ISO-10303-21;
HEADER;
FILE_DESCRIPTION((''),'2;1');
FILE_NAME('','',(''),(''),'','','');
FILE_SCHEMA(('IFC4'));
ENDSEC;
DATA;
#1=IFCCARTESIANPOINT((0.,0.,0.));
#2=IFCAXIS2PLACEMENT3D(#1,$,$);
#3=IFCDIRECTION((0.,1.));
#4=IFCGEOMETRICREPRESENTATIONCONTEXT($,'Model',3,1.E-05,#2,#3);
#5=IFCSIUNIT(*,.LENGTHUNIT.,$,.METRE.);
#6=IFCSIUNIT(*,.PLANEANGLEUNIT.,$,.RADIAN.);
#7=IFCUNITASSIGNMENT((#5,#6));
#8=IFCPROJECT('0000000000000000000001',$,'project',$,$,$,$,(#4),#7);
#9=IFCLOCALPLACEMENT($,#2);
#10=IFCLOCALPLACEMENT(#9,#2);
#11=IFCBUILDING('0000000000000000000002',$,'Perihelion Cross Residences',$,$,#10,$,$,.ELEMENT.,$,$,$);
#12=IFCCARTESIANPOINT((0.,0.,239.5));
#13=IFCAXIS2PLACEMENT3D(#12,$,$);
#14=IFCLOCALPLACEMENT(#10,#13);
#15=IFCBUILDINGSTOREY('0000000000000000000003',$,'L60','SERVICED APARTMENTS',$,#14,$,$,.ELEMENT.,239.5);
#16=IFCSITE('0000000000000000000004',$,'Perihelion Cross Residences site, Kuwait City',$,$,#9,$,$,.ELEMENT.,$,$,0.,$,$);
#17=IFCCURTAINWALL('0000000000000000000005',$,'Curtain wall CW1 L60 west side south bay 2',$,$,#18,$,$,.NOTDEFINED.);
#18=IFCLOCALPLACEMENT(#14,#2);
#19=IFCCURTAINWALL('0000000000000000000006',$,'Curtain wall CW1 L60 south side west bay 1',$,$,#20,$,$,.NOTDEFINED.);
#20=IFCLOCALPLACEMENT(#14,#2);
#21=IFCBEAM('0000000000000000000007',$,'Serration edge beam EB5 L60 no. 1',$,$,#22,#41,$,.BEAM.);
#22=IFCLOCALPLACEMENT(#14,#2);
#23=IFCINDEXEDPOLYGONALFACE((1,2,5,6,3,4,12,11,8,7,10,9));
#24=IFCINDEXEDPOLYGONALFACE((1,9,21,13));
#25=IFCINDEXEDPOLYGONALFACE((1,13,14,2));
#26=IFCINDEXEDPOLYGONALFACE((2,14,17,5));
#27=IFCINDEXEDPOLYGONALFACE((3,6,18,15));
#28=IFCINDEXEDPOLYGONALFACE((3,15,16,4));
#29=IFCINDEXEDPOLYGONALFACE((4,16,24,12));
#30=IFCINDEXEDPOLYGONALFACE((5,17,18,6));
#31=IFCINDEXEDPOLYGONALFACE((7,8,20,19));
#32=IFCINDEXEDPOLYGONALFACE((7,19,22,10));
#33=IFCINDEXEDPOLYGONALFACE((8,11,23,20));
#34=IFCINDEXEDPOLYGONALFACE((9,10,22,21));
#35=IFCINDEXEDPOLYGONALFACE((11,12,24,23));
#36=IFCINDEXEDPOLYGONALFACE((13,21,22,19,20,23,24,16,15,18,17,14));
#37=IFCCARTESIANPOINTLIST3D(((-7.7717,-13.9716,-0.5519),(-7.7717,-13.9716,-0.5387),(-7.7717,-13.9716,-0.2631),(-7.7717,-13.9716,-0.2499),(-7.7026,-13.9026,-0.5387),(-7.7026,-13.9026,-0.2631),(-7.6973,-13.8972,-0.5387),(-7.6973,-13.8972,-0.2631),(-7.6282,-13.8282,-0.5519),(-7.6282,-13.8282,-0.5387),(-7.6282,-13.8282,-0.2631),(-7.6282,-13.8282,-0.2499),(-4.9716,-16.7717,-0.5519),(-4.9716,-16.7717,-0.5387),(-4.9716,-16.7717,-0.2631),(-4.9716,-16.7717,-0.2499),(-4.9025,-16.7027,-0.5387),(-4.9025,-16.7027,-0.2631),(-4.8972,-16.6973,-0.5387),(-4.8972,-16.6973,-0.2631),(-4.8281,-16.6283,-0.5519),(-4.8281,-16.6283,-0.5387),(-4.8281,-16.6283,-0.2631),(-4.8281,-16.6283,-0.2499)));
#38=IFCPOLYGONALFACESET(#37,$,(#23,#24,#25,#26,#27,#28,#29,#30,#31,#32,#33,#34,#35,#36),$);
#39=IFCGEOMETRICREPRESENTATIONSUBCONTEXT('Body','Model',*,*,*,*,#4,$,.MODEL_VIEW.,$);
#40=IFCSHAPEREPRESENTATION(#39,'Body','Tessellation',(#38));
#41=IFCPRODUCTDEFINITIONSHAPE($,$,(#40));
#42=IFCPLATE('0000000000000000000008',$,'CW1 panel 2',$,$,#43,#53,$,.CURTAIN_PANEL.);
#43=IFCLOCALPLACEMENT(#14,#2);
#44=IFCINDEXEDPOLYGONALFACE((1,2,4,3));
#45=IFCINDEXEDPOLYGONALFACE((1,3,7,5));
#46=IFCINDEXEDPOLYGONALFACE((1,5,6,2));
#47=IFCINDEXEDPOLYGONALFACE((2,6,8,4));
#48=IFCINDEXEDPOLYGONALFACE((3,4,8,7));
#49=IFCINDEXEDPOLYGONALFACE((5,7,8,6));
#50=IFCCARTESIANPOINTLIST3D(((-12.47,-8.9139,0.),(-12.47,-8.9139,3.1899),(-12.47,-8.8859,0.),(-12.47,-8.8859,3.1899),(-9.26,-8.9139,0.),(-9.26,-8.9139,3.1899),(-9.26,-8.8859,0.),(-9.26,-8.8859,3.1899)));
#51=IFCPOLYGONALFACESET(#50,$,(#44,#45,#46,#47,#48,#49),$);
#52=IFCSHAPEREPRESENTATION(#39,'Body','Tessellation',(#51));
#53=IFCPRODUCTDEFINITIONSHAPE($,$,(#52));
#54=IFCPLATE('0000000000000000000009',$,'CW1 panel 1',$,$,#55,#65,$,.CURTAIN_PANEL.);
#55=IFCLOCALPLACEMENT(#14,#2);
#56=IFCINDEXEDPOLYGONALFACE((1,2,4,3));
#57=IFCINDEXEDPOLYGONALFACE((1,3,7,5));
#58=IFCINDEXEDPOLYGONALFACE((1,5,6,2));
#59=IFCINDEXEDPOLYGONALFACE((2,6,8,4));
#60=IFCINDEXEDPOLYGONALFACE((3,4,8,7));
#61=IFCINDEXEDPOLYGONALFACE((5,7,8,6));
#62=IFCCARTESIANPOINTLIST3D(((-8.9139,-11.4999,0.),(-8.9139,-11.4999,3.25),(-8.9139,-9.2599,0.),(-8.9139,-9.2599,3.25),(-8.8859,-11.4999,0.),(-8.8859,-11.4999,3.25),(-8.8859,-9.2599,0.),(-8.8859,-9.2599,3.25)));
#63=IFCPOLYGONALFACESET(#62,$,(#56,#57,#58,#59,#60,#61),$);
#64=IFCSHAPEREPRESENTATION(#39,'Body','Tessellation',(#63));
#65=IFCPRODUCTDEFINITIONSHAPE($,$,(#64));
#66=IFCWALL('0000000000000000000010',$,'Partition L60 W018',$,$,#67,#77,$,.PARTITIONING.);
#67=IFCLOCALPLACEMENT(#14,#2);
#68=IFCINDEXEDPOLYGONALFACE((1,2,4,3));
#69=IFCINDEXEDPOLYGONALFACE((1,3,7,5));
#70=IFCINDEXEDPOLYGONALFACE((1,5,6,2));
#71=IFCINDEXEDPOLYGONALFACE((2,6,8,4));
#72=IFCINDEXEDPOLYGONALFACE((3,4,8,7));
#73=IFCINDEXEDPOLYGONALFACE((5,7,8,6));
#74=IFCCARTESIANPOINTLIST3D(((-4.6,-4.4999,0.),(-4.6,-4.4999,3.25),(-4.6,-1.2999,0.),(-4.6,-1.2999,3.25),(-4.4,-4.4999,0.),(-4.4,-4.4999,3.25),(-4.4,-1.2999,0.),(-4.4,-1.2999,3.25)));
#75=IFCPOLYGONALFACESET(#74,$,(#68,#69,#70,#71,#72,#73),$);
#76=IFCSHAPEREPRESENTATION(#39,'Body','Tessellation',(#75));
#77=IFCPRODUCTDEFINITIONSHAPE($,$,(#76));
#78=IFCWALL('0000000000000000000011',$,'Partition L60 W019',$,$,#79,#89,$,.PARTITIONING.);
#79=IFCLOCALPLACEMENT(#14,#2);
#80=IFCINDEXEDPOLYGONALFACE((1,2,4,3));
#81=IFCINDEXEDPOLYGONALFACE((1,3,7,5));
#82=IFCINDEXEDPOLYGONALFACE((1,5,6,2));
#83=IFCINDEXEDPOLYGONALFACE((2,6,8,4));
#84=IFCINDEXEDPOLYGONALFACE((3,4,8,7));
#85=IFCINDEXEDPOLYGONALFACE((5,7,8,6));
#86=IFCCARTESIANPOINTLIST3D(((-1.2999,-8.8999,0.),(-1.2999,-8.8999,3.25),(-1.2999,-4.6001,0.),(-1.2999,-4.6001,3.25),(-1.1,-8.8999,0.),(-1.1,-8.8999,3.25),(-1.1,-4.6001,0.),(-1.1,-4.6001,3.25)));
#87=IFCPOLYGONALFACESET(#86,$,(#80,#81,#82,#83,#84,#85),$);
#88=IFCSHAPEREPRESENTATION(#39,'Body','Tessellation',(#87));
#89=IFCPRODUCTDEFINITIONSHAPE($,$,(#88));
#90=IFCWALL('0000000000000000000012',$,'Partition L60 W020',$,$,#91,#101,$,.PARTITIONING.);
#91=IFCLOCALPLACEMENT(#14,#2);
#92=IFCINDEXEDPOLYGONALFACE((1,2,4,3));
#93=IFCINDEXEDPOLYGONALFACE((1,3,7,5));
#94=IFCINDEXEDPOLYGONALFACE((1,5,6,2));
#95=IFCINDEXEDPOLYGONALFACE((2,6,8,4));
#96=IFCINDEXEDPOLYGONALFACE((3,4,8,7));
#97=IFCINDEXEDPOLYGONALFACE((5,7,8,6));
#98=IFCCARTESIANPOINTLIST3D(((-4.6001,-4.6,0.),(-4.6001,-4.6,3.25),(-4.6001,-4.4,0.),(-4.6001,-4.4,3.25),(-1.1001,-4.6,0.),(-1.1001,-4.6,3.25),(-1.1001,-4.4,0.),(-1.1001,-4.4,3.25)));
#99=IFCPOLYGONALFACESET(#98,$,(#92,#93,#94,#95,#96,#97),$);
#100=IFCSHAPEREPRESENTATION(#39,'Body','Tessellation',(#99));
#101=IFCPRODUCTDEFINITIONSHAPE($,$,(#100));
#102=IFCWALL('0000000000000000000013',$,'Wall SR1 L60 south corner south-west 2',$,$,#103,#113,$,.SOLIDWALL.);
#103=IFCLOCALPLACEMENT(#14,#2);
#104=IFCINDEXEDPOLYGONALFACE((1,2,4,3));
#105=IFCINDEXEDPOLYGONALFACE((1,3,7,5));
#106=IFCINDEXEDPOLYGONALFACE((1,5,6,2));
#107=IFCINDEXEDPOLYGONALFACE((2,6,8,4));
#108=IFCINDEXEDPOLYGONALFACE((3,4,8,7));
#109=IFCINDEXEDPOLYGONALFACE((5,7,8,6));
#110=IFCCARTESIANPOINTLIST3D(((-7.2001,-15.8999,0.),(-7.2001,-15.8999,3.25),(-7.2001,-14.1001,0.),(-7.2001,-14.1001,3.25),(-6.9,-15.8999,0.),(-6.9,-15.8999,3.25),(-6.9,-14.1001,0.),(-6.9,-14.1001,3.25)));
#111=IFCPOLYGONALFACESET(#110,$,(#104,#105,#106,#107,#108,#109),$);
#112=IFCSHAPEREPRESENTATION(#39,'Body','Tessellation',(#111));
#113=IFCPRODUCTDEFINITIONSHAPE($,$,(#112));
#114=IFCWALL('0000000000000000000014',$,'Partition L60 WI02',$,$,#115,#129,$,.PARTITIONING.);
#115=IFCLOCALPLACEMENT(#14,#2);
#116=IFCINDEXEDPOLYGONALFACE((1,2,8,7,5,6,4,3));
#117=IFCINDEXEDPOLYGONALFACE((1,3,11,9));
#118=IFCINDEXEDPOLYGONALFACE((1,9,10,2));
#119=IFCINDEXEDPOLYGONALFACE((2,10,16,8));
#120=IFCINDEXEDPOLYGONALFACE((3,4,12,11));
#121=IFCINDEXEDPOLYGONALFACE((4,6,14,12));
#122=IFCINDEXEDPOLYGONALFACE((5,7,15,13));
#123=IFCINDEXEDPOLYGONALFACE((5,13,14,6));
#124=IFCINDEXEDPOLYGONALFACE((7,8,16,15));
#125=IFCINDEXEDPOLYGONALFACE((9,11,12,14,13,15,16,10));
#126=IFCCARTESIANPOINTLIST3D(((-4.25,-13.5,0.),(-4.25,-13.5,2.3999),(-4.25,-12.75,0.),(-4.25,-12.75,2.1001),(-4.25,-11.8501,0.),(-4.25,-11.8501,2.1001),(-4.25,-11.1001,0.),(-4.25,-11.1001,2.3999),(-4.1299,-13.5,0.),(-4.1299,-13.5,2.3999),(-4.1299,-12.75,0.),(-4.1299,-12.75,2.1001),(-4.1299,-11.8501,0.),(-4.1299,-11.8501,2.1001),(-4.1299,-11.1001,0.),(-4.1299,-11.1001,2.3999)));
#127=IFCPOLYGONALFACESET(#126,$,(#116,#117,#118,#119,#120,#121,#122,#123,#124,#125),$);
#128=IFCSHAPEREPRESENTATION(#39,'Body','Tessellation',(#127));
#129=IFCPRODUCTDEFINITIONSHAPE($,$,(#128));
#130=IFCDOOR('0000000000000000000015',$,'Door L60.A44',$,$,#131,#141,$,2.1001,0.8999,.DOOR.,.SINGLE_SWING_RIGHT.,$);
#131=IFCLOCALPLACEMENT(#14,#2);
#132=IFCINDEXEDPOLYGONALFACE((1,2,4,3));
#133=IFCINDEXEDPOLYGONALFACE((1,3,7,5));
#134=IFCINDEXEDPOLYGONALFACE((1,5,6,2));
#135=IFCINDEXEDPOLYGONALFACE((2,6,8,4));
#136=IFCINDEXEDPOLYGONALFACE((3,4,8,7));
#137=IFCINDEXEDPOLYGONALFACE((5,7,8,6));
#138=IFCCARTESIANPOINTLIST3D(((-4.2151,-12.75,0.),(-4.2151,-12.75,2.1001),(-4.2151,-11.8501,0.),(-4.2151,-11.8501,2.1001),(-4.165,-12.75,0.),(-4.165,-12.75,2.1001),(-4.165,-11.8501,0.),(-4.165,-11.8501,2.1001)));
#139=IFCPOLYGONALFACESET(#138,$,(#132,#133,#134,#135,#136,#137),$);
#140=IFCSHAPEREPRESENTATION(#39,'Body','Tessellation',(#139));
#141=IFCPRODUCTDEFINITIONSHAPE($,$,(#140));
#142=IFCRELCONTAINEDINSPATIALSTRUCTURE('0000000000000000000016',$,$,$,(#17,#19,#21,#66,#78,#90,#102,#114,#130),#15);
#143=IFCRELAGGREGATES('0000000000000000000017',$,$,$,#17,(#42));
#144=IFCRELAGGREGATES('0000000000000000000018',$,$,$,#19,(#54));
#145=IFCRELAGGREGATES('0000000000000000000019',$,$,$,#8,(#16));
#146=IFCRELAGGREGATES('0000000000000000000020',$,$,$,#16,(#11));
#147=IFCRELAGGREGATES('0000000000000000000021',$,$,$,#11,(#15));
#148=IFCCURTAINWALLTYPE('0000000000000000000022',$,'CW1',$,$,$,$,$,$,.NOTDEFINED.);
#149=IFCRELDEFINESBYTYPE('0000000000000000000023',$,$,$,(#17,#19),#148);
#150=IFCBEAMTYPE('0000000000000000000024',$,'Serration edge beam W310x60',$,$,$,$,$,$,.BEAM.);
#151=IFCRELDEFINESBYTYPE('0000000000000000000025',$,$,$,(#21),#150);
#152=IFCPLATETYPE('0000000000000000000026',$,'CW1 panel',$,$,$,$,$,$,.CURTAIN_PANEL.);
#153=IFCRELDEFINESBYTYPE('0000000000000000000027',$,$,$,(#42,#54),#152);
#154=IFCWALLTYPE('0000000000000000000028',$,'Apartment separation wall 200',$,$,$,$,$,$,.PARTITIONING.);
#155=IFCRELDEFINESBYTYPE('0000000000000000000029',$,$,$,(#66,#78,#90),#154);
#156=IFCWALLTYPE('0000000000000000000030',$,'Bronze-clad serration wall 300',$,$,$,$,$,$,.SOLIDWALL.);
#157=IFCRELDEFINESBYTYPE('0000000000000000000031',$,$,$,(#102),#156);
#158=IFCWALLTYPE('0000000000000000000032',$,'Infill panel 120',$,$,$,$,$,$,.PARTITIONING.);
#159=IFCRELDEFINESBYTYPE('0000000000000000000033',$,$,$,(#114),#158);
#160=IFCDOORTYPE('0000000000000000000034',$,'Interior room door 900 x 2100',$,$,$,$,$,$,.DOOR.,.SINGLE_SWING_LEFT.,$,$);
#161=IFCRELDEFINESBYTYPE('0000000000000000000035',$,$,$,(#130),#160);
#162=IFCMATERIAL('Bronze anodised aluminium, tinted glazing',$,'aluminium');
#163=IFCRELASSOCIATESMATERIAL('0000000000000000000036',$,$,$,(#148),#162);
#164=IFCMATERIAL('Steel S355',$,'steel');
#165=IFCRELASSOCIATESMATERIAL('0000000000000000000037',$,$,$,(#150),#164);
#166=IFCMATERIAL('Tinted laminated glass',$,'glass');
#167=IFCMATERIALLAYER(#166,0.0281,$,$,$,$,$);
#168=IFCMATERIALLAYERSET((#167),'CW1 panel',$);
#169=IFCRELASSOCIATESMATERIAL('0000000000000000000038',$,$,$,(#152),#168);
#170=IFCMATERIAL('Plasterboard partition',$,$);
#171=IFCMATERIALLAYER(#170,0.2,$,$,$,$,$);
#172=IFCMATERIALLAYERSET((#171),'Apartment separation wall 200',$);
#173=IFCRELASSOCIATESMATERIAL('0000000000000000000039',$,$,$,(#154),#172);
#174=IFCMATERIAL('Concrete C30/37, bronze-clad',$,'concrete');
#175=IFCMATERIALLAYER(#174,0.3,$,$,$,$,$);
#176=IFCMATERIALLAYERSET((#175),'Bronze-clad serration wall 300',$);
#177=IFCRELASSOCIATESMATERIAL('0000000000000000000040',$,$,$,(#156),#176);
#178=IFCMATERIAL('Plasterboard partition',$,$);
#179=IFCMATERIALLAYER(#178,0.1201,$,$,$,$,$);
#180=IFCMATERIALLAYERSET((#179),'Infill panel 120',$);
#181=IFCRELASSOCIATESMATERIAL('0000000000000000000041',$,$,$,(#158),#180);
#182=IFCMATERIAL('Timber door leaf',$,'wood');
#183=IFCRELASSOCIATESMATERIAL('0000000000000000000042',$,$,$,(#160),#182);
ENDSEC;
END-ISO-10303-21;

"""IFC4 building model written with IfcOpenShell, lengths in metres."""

from ifc_helpers import new_model, si_unit, direction, frame, frame_2d, origin, origin_2d, place, context, subcontext, project, spatial, rectangle, i_section, extrude, material, layer, layer_set, material_profile, profile_set, type_object, element, fill, aggregate, save


model = new_model("IFC4")

# Units and contexts
model_context = context("Model", 3, precision=1e-05, world=origin(), true_north=direction((0.0, 1.0)))
body_context = subcontext(model_context, "Body", "Model", "MODEL_VIEW")
ifc_project = project(units=[si_unit("LENGTHUNIT", "METRE"), si_unit("PLANEANGLEUNIT", "RADIAN")], contexts=[model_context])

# Site, building, storey
site_placement = place(None, origin())
site = spatial("IfcSite", under=ifc_project, at=site_placement, Name="Perihelion Cross Residences site, Kuwait City", CompositionType="ELEMENT", RefElevation=0.0)
building_placement = place(site_placement, origin())
building = spatial("IfcBuilding", under=site, at=building_placement, Name="Perihelion Cross Residences", CompositionType="ELEMENT")
storey_placement = place(building_placement, frame((0.0, 0.0, 239.5)))
storey = spatial("IfcBuildingStorey", under=building, at=storey_placement, Name="L60", Description="SERVICED APARTMENTS", CompositionType="ELEMENT", Elevation=239.5)

# Curtain walls
ifc_material_1 = material(Name="Bronze anodised aluminium, tinted glazing", Category="aluminium")
curtain_wall_type = type_object("IfcCurtainWallType", Name="CW1", PredefinedType="NOTDEFINED", material=ifc_material_1)
curtain_wall_1_placement = place(storey_placement, origin())
curtain_wall_1 = element("IfcCurtainWall", 1, at=curtain_wall_1_placement, inside=storey, type_object=curtain_wall_type, Name="Curtain wall CW1 L60 west side south bay 2", PredefinedType="NOTDEFINED")
curtain_wall_2_placement = place(storey_placement, origin())
curtain_wall_2 = element("IfcCurtainWall", 2, at=curtain_wall_2_placement, inside=storey, type_object=curtain_wall_type, Name="Curtain wall CW1 L60 south side west bay 1", PredefinedType="NOTDEFINED")

# Beam
ifc_material_2 = material(Name="Steel S355", Category="steel")
ifc_material_profile_1 = material_profile(ifc_material_2, i_section(OverallWidth=0.2029, OverallDepth=0.302, WebThickness=0.0076, FlangeThickness=0.0132, at=origin_2d()), Name="W310x60")
ifc_profile_set_1 = profile_set([ifc_material_profile_1], Name="Steel S355")
beam_type_1 = type_object("IfcBeamType", Name="Serration edge beam W310x60", PredefinedType="BEAM", material=ifc_profile_set_1)
beam_1_placement = place(storey_placement, frame((-7.7, -13.8999, -0.4009), z_axis=(0.707107, -0.707107, 0.0), x_axis=(0.707107, 0.707107, 0.0)))
element("IfcBeam", 3, at=beam_1_placement, inside=storey, type_object=beam_type_1, Name="Serration edge beam EB5 L60 no. 1", PredefinedType="BEAM", context=body_context, shape_type="SweptSolid", body=[
    extrude(i_section(OverallWidth=0.2029, OverallDepth=0.302, WebThickness=0.0076, FlangeThickness=0.0132, at=origin_2d()), origin(), (0.0, 0.0, 1.0), 3.96),
])

# Plates
ifc_material_3 = material(Name="Tinted laminated glass", Category="glass")
ifc_layer_1 = layer(ifc_material_3, 0.0281)
ifc_layer_set_1 = layer_set([ifc_layer_1], Name="CW1 panel")
plate_type = type_object("IfcPlateType", Name="CW1 panel", PredefinedType="CURTAIN_PANEL", material=ifc_layer_set_1)
plate_1_placement = place(storey_placement, frame((-10.865, -8.8999, 0.0), z_axis=(0.0, 0.0, 1.0), x_axis=(1.0, 0.0, 0.0)))
plate_1 = element("IfcPlate", 4, at=plate_1_placement, type_object=plate_type, Name="CW1 panel 2", PredefinedType="CURTAIN_PANEL", context=body_context, shape_type="SweptSolid", body=[
    extrude(rectangle(XDim=3.21, YDim=0.0281, at=origin_2d()), origin(), (0.0, 0.0, 1.0), 3.1899),
])
aggregate(curtain_wall_1, [plate_1])
plate_2_placement = place(storey_placement, frame((-8.8999, -10.3799, 0.0), z_axis=(0.0, 0.0, 1.0), x_axis=(0.0, -1.0, 0.0)))
plate_2 = element("IfcPlate", 5, at=plate_2_placement, type_object=plate_type, Name="CW1 panel 1", PredefinedType="CURTAIN_PANEL", context=body_context, shape_type="SweptSolid", body=[
    extrude(rectangle(XDim=2.24, YDim=0.0281, at=origin_2d()), origin(), (0.0, 0.0, 1.0), 3.25),
])
aggregate(curtain_wall_2, [plate_2])

# Walls
ifc_material_4 = material(Name="Plasterboard partition")
ifc_layer_2 = layer(ifc_material_4, 0.2)
ifc_layer_set_2 = layer_set([ifc_layer_2], Name="Apartment separation wall 200")
wall_type_1 = type_object("IfcWallType", Name="Apartment separation wall 200", PredefinedType="PARTITIONING", material=ifc_layer_set_2)
wall_1_placement = place(storey_placement, frame((-4.5, -4.5, 0.0), z_axis=(0.0, 0.0, 1.0), x_axis=(0.0, 1.0, 0.0)))
element("IfcWall", 6, at=wall_1_placement, inside=storey, type_object=wall_type_1, Name="Partition L60 W018", PredefinedType="PARTITIONING", context=body_context, shape_type="SweptSolid", body=[
    extrude(rectangle(XDim=3.2, YDim=0.2, at=frame_2d((1.6001, 0.0))), origin(), (0.0, 0.0, 1.0), 3.25),
])
wall_2_placement = place(storey_placement, frame((-1.2, -8.8999, 0.0), z_axis=(0.0, 0.0, 1.0), x_axis=(0.0, 1.0, 0.0)))
element("IfcWall", 7, at=wall_2_placement, inside=storey, type_object=wall_type_1, Name="Partition L60 W019", PredefinedType="PARTITIONING", context=body_context, shape_type="SweptSolid", body=[
    extrude(rectangle(XDim=4.2998, YDim=0.2, at=frame_2d((2.1499, 0.0))), origin(), (0.0, 0.0, 1.0), 3.25),
])
wall_3_placement = place(storey_placement, frame((-1.1001, -4.5, 0.0), z_axis=(0.0, 0.0, 1.0), x_axis=(-1.0, 0.0, 0.0)))
element("IfcWall", 8, at=wall_3_placement, inside=storey, type_object=wall_type_1, Name="Partition L60 W020", PredefinedType="PARTITIONING", context=body_context, shape_type="SweptSolid", body=[
    extrude(rectangle(XDim=3.5, YDim=0.2, at=frame_2d((1.75, 0.0))), origin(), (0.0, 0.0, 1.0), 3.25),
])

# Wall
ifc_material_5 = material(Name="Concrete C30/37, bronze-clad", Category="concrete")
ifc_layer_3 = layer(ifc_material_5, 0.3)
ifc_layer_set_3 = layer_set([ifc_layer_3], Name="Bronze-clad serration wall 300")
wall_type_2 = type_object("IfcWallType", Name="Bronze-clad serration wall 300", PredefinedType="SOLIDWALL", material=ifc_layer_set_3)
wall_4_placement = place(storey_placement, frame((-7.05, -14.1001, 0.0), z_axis=(0.0, 0.0, 1.0), x_axis=(0.0, -1.0, 0.0)))
element("IfcWall", 9, at=wall_4_placement, inside=storey, type_object=wall_type_2, Name="Wall SR1 L60 south corner south-west 2", PredefinedType="SOLIDWALL", context=body_context, shape_type="SweptSolid", body=[
    extrude(rectangle(XDim=1.7998, YDim=0.3, at=frame_2d((0.8999, 0.0))), origin(), (0.0, 0.0, 1.0), 3.25),
])

# Wall, opening, door
ifc_material_6 = material(Name="Plasterboard partition")
ifc_layer_4 = layer(ifc_material_6, 0.1201)
ifc_layer_set_4 = layer_set([ifc_layer_4], Name="Infill panel 120")
wall_type_3 = type_object("IfcWallType", Name="Infill panel 120", PredefinedType="PARTITIONING", material=ifc_layer_set_4)
wall_5_placement = place(storey_placement, frame((-4.1899, -11.1001, 0.0), z_axis=(0.0, 0.0, 1.0), x_axis=(0.0, -1.0, 0.0)))
wall_5 = element("IfcWall", 10, at=wall_5_placement, inside=storey, type_object=wall_type_3, Name="Partition L60 WI02", PredefinedType="PARTITIONING", context=body_context, shape_type="SweptSolid", body=[
    extrude(rectangle(XDim=2.3999, YDim=0.1201, at=frame_2d((1.2, 0.0))), origin(), (0.0, 0.0, 1.0), 2.3999),
])
opening_1_placement = place(wall_5_placement, frame((0.75, 0.0, 0.0)))
opening_1 = element("IfcOpeningElement", 11, at=opening_1_placement, cuts=wall_5, PredefinedType="OPENING", context=body_context, shape_type="SweptSolid", body=[
    extrude(rectangle(XDim=0.8999, YDim=2.1001, at=frame_2d((0.45, 1.05))), frame((0.0, 0.0701, 0.0), z_axis=(0.0, -1.0, 0.0), x_axis=(1.0, 0.0, 0.0)), (0.0, 0.0, 1.0), 0.1401),
])
ifc_material_7 = material(Name="Timber door leaf", Category="wood")
door_type_1 = type_object("IfcDoorType", Name="Interior room door 900 x 2100", OperationType="SINGLE_SWING_LEFT", PredefinedType="DOOR", material=ifc_material_7)
door_1_placement = place(opening_1_placement, origin())
door_1 = element("IfcDoor", 12, at=door_1_placement, inside=storey, type_object=door_type_1, Name="Door L60.A44", OperationType="SINGLE_SWING_RIGHT", OverallHeight=2.1001, OverallWidth=0.8999, PredefinedType="DOOR", context=body_context, shape_type="SweptSolid", body=[
    extrude(rectangle(XDim=0.8999, YDim=2.1001, at=frame_2d((0.45, 1.05))), frame((0.0, 0.0249, 0.0), z_axis=(0.0, -1.0, 0.0), x_axis=(1.0, 0.0, 0.0)), (0.0, 0.0, 1.0), 0.05),
])
fill(opening_1, door_1)

save(model, "model.ifc")
